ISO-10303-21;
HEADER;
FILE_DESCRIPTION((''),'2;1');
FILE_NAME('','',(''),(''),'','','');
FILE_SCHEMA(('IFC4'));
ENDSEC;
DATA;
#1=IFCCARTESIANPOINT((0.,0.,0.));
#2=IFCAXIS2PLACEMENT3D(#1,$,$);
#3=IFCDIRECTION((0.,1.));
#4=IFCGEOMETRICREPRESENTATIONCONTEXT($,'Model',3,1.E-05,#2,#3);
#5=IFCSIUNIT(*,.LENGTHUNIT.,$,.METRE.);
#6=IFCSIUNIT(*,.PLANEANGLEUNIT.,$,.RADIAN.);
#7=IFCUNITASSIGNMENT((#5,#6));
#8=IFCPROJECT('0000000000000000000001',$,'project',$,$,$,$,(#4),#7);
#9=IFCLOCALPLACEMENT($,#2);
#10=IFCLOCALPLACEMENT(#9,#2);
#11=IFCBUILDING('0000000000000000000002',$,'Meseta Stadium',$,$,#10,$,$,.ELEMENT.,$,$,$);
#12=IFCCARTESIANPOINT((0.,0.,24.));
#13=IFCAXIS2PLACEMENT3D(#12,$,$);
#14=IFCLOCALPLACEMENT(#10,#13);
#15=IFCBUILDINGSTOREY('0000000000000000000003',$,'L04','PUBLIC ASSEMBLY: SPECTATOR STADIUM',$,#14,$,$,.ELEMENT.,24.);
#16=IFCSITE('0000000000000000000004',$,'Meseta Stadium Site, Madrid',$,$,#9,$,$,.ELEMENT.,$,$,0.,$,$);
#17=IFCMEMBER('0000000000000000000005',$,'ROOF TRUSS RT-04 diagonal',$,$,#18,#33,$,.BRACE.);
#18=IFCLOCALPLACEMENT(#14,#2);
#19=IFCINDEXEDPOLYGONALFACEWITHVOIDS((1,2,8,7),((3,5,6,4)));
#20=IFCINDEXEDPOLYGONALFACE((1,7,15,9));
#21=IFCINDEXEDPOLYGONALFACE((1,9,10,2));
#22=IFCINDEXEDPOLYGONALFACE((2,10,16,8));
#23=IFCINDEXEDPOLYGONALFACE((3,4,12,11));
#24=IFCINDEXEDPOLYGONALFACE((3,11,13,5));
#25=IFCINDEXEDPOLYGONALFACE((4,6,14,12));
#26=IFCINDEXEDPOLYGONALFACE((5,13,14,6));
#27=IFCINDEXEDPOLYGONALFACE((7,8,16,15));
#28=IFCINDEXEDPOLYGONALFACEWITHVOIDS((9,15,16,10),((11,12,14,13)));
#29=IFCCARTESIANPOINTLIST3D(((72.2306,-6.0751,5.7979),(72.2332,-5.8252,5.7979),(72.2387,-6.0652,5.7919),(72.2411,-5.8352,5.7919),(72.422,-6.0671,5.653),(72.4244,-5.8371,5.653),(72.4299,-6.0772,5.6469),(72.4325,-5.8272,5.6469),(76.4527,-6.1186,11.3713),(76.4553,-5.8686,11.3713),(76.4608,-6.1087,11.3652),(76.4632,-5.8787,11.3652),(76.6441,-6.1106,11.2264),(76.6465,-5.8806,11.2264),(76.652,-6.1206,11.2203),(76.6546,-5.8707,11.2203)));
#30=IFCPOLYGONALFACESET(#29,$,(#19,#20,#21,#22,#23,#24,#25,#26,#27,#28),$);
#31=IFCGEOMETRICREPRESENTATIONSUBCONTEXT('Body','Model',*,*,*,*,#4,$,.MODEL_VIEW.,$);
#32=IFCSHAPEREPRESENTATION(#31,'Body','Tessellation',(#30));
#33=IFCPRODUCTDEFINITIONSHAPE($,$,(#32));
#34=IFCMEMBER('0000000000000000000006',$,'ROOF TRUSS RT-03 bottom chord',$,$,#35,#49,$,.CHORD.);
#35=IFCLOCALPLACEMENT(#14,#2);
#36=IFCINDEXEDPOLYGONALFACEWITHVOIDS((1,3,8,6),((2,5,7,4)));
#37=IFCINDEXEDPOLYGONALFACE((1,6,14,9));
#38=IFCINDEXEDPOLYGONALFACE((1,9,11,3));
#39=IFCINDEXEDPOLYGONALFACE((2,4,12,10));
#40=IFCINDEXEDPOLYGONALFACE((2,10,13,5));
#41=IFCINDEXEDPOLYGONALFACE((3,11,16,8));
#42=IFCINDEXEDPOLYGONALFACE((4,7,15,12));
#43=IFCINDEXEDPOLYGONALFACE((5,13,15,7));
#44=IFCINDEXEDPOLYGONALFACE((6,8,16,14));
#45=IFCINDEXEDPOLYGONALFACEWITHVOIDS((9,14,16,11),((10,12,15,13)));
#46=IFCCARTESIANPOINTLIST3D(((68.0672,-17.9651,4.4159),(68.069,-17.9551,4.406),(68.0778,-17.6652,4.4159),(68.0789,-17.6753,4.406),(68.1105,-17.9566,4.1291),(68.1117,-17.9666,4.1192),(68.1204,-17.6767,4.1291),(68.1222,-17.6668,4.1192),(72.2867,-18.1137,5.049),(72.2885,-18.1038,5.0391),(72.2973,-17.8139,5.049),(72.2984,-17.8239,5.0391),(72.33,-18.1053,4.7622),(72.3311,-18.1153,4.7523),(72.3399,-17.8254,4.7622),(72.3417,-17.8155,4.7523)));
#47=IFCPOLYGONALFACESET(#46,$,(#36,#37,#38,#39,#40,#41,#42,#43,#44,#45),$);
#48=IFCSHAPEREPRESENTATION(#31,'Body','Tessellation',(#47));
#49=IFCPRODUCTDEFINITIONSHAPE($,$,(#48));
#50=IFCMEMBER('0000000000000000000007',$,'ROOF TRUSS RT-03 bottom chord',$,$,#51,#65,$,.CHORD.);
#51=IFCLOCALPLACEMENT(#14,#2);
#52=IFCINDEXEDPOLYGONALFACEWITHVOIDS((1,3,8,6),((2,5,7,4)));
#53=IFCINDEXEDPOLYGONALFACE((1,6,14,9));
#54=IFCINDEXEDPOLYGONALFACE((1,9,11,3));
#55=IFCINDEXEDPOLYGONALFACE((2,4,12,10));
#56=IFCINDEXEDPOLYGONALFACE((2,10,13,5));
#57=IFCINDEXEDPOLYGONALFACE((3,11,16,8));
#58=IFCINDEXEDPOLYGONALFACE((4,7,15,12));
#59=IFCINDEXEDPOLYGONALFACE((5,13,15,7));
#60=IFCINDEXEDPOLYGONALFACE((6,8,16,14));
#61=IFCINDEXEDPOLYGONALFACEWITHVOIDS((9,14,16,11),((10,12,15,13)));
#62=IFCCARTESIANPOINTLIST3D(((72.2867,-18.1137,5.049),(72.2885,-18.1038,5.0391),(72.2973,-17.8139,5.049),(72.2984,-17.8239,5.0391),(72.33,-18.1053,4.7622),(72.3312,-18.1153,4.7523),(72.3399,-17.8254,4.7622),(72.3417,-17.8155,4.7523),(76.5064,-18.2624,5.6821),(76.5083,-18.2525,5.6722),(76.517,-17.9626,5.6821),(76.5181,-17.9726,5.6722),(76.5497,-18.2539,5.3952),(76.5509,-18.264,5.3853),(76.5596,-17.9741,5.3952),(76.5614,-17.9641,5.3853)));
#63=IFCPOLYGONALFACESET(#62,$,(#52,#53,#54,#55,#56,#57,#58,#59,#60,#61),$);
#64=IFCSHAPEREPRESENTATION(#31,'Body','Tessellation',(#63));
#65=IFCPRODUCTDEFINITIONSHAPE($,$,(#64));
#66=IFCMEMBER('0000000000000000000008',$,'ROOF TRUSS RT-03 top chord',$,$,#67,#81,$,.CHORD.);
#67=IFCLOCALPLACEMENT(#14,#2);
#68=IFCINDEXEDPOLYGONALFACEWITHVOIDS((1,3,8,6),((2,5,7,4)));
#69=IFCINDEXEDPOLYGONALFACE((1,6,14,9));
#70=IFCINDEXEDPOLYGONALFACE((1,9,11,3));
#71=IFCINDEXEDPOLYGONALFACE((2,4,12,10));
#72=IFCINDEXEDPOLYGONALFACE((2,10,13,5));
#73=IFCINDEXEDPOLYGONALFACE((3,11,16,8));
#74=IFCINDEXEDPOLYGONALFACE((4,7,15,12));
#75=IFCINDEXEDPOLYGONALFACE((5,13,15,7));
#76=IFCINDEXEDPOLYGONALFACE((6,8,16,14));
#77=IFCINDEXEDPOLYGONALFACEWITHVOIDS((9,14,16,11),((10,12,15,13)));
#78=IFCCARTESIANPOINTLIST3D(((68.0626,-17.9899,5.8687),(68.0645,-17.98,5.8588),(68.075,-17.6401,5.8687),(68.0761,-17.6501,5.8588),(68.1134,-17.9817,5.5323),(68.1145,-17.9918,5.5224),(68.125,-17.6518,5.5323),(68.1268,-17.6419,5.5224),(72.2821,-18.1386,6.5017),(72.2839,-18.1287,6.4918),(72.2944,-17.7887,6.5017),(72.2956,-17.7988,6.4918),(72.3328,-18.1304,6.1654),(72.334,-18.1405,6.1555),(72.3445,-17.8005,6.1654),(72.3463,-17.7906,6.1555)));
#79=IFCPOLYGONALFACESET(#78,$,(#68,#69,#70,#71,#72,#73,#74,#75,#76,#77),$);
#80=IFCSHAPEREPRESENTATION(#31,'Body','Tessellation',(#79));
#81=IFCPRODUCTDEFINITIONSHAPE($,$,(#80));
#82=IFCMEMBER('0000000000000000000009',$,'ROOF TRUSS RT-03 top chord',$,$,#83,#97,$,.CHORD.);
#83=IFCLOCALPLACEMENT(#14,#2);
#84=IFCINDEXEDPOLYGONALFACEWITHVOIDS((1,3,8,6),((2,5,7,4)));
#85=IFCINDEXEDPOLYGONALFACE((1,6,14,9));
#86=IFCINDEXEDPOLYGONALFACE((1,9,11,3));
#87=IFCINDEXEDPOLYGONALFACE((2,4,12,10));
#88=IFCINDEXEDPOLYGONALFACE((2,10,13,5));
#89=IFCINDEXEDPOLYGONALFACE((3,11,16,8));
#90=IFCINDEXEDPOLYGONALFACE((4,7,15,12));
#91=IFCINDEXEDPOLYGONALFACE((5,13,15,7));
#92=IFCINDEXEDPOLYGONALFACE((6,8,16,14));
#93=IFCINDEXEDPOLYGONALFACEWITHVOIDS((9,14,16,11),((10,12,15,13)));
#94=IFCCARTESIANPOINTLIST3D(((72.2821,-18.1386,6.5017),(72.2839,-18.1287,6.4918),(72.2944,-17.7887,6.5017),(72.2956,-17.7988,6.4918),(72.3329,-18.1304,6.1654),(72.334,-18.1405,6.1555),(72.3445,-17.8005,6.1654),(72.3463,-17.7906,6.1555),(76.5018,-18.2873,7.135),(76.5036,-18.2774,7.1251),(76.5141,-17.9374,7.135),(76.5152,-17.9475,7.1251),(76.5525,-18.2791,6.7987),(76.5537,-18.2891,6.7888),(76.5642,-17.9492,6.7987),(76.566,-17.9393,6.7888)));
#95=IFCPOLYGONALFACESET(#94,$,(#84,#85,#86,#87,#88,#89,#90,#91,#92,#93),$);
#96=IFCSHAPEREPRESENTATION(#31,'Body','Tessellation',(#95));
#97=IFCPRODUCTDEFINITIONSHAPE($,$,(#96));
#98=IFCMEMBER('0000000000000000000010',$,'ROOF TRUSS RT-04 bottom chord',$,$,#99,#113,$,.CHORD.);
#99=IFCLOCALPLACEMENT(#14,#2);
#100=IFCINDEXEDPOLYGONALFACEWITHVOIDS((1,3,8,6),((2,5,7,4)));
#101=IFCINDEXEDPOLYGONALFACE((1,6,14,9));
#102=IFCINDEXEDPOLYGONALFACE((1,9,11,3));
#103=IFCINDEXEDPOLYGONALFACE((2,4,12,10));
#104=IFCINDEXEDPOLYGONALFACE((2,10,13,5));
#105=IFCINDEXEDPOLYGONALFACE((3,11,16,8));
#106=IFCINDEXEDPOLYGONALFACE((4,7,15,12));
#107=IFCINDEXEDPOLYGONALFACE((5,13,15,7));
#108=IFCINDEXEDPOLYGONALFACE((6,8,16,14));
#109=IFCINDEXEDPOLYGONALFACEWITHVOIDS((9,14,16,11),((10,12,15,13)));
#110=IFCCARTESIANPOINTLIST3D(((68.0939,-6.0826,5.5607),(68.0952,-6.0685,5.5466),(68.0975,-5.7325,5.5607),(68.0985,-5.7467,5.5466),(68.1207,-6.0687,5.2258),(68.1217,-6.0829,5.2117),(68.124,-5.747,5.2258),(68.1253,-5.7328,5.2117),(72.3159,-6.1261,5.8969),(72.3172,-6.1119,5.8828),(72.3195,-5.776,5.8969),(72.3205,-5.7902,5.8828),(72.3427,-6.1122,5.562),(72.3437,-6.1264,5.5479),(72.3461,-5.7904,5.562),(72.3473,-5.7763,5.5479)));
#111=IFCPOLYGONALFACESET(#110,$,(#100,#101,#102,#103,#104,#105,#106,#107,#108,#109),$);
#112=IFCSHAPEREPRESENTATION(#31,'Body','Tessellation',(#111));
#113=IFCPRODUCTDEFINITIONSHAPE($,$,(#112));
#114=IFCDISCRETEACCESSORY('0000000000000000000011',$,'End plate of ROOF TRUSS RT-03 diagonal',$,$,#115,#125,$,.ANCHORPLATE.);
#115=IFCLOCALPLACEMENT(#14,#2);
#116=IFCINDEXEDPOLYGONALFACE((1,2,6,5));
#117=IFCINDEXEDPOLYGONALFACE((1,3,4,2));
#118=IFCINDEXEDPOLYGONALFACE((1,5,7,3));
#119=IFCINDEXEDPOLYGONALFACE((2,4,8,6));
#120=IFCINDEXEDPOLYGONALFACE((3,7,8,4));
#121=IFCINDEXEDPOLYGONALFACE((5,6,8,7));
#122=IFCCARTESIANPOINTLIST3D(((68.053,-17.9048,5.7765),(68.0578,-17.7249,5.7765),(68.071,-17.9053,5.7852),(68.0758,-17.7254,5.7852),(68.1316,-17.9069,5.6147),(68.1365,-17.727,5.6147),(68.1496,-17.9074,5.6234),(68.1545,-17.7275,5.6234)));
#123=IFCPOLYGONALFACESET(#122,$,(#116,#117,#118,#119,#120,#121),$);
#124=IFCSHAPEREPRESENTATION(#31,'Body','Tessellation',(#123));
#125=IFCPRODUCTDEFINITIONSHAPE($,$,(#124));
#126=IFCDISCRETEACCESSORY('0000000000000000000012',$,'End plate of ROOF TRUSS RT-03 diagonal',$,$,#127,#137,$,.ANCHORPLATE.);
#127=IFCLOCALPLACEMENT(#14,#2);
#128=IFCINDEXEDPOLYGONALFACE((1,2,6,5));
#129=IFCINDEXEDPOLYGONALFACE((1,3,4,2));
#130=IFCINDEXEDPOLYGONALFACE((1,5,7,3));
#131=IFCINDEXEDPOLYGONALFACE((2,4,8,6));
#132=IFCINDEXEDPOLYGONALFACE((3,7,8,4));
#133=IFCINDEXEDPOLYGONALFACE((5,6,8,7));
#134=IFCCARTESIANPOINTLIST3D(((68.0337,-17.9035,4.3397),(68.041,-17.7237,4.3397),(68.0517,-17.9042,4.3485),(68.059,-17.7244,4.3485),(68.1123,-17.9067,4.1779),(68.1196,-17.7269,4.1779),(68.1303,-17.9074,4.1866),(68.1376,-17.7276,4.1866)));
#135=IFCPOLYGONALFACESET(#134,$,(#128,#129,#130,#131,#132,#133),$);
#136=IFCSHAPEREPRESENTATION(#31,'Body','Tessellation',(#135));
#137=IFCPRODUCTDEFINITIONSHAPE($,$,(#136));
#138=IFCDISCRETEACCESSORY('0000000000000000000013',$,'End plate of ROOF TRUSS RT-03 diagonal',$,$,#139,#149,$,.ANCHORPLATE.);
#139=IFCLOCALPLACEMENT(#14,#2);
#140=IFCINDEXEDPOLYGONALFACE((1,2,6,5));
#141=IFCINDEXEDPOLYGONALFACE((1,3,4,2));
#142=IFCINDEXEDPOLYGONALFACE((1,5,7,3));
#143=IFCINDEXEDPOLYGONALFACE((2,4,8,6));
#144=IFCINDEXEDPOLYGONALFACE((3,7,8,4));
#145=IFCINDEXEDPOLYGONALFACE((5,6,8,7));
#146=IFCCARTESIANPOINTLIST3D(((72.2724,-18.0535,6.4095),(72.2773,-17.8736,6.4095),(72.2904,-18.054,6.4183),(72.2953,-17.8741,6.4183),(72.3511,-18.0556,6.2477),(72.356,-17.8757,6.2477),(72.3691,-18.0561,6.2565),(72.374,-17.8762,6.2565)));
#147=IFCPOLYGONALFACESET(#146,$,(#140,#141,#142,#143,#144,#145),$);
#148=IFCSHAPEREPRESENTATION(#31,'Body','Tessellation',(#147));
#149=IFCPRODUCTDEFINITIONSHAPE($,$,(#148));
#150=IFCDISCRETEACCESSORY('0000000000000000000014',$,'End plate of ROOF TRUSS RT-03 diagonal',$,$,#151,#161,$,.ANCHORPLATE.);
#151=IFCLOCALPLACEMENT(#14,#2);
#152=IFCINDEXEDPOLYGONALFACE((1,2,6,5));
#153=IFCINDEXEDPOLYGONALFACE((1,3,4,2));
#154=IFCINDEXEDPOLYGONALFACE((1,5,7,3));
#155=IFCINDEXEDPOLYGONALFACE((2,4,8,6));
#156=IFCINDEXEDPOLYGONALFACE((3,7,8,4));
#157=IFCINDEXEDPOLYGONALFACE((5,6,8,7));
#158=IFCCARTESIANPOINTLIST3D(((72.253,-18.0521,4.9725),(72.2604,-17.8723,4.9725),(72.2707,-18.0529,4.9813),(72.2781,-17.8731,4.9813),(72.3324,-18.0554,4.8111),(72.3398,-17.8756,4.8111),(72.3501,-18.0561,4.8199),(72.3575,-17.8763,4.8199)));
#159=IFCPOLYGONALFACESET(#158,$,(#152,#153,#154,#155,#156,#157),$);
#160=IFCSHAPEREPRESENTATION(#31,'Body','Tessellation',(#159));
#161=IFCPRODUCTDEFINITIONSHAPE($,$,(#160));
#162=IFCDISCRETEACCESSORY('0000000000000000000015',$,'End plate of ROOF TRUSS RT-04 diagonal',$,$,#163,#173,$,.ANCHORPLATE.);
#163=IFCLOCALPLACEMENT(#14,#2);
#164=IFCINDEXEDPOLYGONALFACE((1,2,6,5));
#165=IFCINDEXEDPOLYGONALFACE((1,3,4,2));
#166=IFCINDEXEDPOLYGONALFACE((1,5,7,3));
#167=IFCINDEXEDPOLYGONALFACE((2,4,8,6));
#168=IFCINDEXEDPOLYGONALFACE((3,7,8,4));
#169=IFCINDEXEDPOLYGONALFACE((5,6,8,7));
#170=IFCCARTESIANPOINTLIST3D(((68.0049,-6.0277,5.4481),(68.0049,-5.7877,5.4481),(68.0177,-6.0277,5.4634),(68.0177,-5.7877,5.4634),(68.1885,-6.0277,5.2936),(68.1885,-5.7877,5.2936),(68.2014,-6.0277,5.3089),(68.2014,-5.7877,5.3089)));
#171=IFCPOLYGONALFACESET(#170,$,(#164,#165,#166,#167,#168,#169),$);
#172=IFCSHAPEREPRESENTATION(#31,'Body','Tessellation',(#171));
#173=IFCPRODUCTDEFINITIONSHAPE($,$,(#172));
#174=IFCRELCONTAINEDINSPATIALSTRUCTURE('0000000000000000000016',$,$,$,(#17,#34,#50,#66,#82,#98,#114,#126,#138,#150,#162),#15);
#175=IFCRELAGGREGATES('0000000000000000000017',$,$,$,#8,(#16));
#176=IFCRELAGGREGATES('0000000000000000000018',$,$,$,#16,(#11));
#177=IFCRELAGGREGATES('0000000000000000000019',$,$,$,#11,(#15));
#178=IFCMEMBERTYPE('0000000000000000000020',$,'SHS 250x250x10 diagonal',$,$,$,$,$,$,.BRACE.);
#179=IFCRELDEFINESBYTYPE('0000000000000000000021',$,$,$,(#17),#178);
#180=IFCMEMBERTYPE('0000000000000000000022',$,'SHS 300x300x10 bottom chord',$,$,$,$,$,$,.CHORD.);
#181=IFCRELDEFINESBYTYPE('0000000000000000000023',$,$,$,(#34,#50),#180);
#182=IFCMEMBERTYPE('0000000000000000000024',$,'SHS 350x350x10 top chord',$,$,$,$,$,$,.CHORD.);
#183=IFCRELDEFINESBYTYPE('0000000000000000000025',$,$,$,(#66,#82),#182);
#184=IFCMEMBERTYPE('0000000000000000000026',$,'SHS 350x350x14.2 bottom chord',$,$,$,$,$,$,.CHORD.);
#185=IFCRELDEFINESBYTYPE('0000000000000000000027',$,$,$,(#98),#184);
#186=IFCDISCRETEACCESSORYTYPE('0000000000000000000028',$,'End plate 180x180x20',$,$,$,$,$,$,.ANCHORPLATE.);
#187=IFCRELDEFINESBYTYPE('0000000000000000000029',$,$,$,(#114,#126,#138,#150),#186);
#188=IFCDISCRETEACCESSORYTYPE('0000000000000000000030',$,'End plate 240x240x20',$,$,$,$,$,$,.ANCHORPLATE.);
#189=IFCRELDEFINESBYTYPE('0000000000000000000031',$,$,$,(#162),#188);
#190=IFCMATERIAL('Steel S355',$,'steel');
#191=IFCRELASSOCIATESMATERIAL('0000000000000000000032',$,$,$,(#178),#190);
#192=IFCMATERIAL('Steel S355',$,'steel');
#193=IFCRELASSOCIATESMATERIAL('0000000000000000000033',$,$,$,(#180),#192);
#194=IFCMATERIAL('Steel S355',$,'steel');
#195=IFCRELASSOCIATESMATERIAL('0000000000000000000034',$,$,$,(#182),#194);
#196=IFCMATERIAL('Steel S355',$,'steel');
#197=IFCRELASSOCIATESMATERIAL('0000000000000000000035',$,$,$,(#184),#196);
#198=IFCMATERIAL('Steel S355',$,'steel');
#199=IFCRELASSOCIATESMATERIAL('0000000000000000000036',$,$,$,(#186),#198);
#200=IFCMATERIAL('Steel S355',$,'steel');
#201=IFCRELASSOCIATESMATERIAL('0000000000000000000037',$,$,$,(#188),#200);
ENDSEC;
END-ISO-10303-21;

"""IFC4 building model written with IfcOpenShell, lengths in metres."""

from ifc_helpers import new_model, si_unit, direction, frame, origin, origin_2d, place, context, subcontext, project, spatial, rectangle, hollow_rectangle, extrude, material, material_profile, profile_set, type_object, element, save


model = new_model("IFC4")

# Units and contexts
model_context = context("Model", 3, precision=1e-05, world=origin(), true_north=direction((0.0, 1.0)))
body_context = subcontext(model_context, "Body", "Model", "MODEL_VIEW")
ifc_project = project(units=[si_unit("LENGTHUNIT", "METRE"), si_unit("PLANEANGLEUNIT", "RADIAN")], contexts=[model_context])

# Site, building, storey
site_placement = place(None, origin())
site = spatial("IfcSite", under=ifc_project, at=site_placement, Name="Meseta Stadium Site, Madrid", CompositionType="ELEMENT", RefElevation=0.0)
building_placement = place(site_placement, origin())
building = spatial("IfcBuilding", under=site, at=building_placement, Name="Meseta Stadium", CompositionType="ELEMENT")
storey_placement = place(building_placement, frame((0.0, 0.0, 24.0)))
storey = spatial("IfcBuildingStorey", under=building, at=storey_placement, Name="L04", Description="PUBLIC ASSEMBLY: SPECTATOR STADIUM", CompositionType="ELEMENT", Elevation=24.0)

# Members
ifc_material_1 = material(Name="Steel S355", Category="steel")
ifc_material_profile_1 = material_profile(ifc_material_1, hollow_rectangle(XDim=0.25, YDim=0.25, WallThickness=0.01, at=origin_2d()), Name="SHS 250x250x10")
ifc_profile_set_1 = profile_set([ifc_material_profile_1], Name="Steel S355")
member_type_1 = type_object("IfcMemberType", Name="SHS 250x250x10 diagonal", PredefinedType="BRACE", material=ifc_profile_set_1)
member_1_placement = place(storey_placement, frame((72.3315, -5.9512, 5.7224), z_axis=(0.603831, -0.006215, 0.797088), x_axis=(0.010292, 0.999947, 0.0)))
element("IfcMember", 1, at=member_1_placement, inside=storey, type_object=member_type_1, Name="ROOF TRUSS RT-04 diagonal", PredefinedType="BRACE", context=body_context, shape_type="SweptSolid", body=[
    extrude(hollow_rectangle(XDim=0.25, YDim=0.25, WallThickness=0.01, at=origin_2d()), origin(), (0.0, 0.0, 1.0), 6.9922),
])
ifc_material_2 = material(Name="Steel S355", Category="steel")
ifc_material_profile_2 = material_profile(ifc_material_2, hollow_rectangle(XDim=0.3, YDim=0.3, WallThickness=0.01, at=origin_2d()), Name="SHS 300x300x10")
ifc_profile_set_2 = profile_set([ifc_material_profile_2], Name="Steel S355")
member_type_2 = type_object("IfcMemberType", Name="SHS 300x300x10 bottom chord", PredefinedType="CHORD", material=ifc_profile_set_2)
member_2_placement = place(storey_placement, frame((68.0947, -17.8159, 4.2676), z_axis=(0.988332, -0.034826, 0.148281), x_axis=(0.035215, 0.99938, 0.0)))
element("IfcMember", 2, at=member_2_placement, inside=storey, type_object=member_type_2, Name="ROOF TRUSS RT-03 bottom chord", PredefinedType="CHORD", context=body_context, shape_type="SweptSolid", body=[
    extrude(hollow_rectangle(XDim=0.3, YDim=0.3, WallThickness=0.01, at=origin_2d()), origin(), (0.0, 0.0, 1.0), 4.2693),
])
member_3_placement = place(storey_placement, frame((72.3142, -17.9646, 4.9006), z_axis=(0.988333, -0.034824, 0.148273), x_axis=(0.035213, 0.99938, 0.0)))
element("IfcMember", 3, at=member_3_placement, inside=storey, type_object=member_type_2, Name="ROOF TRUSS RT-03 bottom chord", PredefinedType="CHORD", context=body_context, shape_type="SweptSolid", body=[
    extrude(hollow_rectangle(XDim=0.3, YDim=0.3, WallThickness=0.01, at=origin_2d()), origin(), (0.0, 0.0, 1.0), 4.2695),
])
ifc_material_3 = material(Name="Steel S355", Category="steel")
ifc_material_profile_3 = material_profile(ifc_material_3, hollow_rectangle(XDim=0.3501, YDim=0.3501, WallThickness=0.01, at=origin_2d()), Name="SHS 350x350x10")
ifc_profile_set_3 = profile_set([ifc_material_profile_3], Name="Steel S355")
member_type_3 = type_object("IfcMemberType", Name="SHS 350x350x10 top chord", PredefinedType="CHORD", material=ifc_profile_set_3)
member_4_placement = place(storey_placement, frame((68.0947, -17.8159, 5.6956), z_axis=(0.988332, -0.034826, 0.148281), x_axis=(0.035215, 0.99938, 0.0)))
element("IfcMember", 4, at=member_4_placement, inside=storey, type_object=member_type_3, Name="ROOF TRUSS RT-03 top chord", PredefinedType="CHORD", context=body_context, shape_type="SweptSolid", body=[
    extrude(hollow_rectangle(XDim=0.3501, YDim=0.3501, WallThickness=0.01, at=origin_2d()), origin(), (0.0, 0.0, 1.0), 4.2693),
])
member_5_placement = place(storey_placement, frame((72.3142, -17.9646, 6.3286), z_axis=(0.988325, -0.034824, 0.148329), x_axis=(0.035213, 0.99938, 0.0)))
element("IfcMember", 5, at=member_5_placement, inside=storey, type_object=member_type_3, Name="ROOF TRUSS RT-03 top chord", PredefinedType="CHORD", context=body_context, shape_type="SweptSolid", body=[
    extrude(hollow_rectangle(XDim=0.3501, YDim=0.3501, WallThickness=0.01, at=origin_2d()), origin(), (0.0, 0.0, 1.0), 4.2695),
])
ifc_material_4 = material(Name="Steel S355", Category="steel")
ifc_material_profile_4 = material_profile(ifc_material_4, hollow_rectangle(XDim=0.3501, YDim=0.3501, WallThickness=0.0142, at=origin_2d()), Name="SHS 350x350x14.2")
ifc_profile_set_4 = profile_set([ifc_material_profile_4], Name="Steel S355")
member_type_4 = type_object("IfcMemberType", Name="SHS 350x350x14.2 bottom chord", PredefinedType="CHORD", material=ifc_profile_set_4)
member_6_placement = place(storey_placement, frame((68.1096, -5.9077, 5.3862), z_axis=(0.996792, -0.01026, 0.079372), x_axis=(0.010293, 0.999947, 0.0)))
element("IfcMember", 6, at=member_6_placement, inside=storey, type_object=member_type_4, Name="ROOF TRUSS RT-04 bottom chord", PredefinedType="CHORD", context=body_context, shape_type="SweptSolid", body=[
    extrude(hollow_rectangle(XDim=0.3501, YDim=0.3501, WallThickness=0.0142, at=origin_2d()), origin(), (0.0, 0.0, 1.0), 4.2356),
])

# Discrete accessories
ifc_material_5 = material(Name="Steel S355", Category="steel")
ifc_material_profile_5 = material_profile(ifc_material_5, rectangle(XDim=0.1799, YDim=0.1799, at=origin_2d()), Name="PL 180x180")
ifc_profile_set_5 = profile_set([ifc_material_profile_5], Name="Steel S355")
discrete_accessory_type_1 = type_object("IfcDiscreteAccessoryType", Name="End plate 180x180x20", PredefinedType="ANCHORPLATE", material=ifc_profile_set_5)
for number, where, z_axis, x_axis, name in (
    (7, (68.0947, -17.8159, 5.6956), (0.89897, -0.024296, 0.437337), (0.027017, 0.999635, 0.0), "End plate of ROOF TRUSS RT-03 diagonal"),
    (8, (68.0767, -17.8152, 4.2588), (0.898638, -0.036431, 0.437175), (0.040507, 0.999179, 0.0), "End plate of ROOF TRUSS RT-03 diagonal"),
    (9, (72.3142, -17.9646, 6.3286), (0.89897, -0.024296, 0.437337), (0.027017, 0.999635, 0.0), "End plate of ROOF TRUSS RT-03 diagonal"),
):
    element("IfcDiscreteAccessory", number, at=place(storey_placement, frame(where, z_axis=z_axis, x_axis=x_axis)), inside=storey, type_object=discrete_accessory_type_1, Name=name, PredefinedType="ANCHORPLATE", context=body_context, shape_type="SweptSolid", body=[
        extrude(rectangle(XDim=0.1799, YDim=0.1799, at=origin_2d()), origin(), (0.0, 0.0, 1.0), 0.02),
    ])
discrete_accessory_1_placement = place(storey_placement, frame((72.2964, -17.9639, 4.8918), z_axis=(0.896262, -0.036833, 0.441992), x_axis=(0.041061, 0.999157, 0.0)))
element("IfcDiscreteAccessory", 10, at=discrete_accessory_1_placement, inside=storey, type_object=discrete_accessory_type_1, Name="End plate of ROOF TRUSS RT-03 diagonal", PredefinedType="ANCHORPLATE", context=body_context, shape_type="SweptSolid", body=[
    extrude(rectangle(XDim=0.1799, YDim=0.1799, at=origin_2d()), origin(), (0.0, 0.0, 1.0), 0.0198),
])
ifc_material_6 = material(Name="Steel S355", Category="steel")
ifc_material_profile_6 = material_profile(ifc_material_6, rectangle(XDim=0.24, YDim=0.24, at=origin_2d()), Name="PL 240x240")
ifc_profile_set_6 = profile_set([ifc_material_profile_6], Name="Steel S355")
discrete_accessory_type_2 = type_object("IfcDiscreteAccessoryType", Name="End plate 240x240x20", PredefinedType="ANCHORPLATE", material=ifc_profile_set_6)
discrete_accessory_2_placement = place(storey_placement, frame((68.0967, -5.9077, 5.3708), z_axis=(0.643762, 0.0, 0.765226), x_axis=(0.0, 1.0, 0.0)))
element("IfcDiscreteAccessory", 11, at=discrete_accessory_2_placement, inside=storey, type_object=discrete_accessory_type_2, Name="End plate of ROOF TRUSS RT-04 diagonal", PredefinedType="ANCHORPLATE", context=body_context, shape_type="SweptSolid", body=[
    extrude(rectangle(XDim=0.24, YDim=0.24, at=origin_2d()), origin(), (0.0, 0.0, 1.0), 0.02),
])

save(model, "model.ifc")
